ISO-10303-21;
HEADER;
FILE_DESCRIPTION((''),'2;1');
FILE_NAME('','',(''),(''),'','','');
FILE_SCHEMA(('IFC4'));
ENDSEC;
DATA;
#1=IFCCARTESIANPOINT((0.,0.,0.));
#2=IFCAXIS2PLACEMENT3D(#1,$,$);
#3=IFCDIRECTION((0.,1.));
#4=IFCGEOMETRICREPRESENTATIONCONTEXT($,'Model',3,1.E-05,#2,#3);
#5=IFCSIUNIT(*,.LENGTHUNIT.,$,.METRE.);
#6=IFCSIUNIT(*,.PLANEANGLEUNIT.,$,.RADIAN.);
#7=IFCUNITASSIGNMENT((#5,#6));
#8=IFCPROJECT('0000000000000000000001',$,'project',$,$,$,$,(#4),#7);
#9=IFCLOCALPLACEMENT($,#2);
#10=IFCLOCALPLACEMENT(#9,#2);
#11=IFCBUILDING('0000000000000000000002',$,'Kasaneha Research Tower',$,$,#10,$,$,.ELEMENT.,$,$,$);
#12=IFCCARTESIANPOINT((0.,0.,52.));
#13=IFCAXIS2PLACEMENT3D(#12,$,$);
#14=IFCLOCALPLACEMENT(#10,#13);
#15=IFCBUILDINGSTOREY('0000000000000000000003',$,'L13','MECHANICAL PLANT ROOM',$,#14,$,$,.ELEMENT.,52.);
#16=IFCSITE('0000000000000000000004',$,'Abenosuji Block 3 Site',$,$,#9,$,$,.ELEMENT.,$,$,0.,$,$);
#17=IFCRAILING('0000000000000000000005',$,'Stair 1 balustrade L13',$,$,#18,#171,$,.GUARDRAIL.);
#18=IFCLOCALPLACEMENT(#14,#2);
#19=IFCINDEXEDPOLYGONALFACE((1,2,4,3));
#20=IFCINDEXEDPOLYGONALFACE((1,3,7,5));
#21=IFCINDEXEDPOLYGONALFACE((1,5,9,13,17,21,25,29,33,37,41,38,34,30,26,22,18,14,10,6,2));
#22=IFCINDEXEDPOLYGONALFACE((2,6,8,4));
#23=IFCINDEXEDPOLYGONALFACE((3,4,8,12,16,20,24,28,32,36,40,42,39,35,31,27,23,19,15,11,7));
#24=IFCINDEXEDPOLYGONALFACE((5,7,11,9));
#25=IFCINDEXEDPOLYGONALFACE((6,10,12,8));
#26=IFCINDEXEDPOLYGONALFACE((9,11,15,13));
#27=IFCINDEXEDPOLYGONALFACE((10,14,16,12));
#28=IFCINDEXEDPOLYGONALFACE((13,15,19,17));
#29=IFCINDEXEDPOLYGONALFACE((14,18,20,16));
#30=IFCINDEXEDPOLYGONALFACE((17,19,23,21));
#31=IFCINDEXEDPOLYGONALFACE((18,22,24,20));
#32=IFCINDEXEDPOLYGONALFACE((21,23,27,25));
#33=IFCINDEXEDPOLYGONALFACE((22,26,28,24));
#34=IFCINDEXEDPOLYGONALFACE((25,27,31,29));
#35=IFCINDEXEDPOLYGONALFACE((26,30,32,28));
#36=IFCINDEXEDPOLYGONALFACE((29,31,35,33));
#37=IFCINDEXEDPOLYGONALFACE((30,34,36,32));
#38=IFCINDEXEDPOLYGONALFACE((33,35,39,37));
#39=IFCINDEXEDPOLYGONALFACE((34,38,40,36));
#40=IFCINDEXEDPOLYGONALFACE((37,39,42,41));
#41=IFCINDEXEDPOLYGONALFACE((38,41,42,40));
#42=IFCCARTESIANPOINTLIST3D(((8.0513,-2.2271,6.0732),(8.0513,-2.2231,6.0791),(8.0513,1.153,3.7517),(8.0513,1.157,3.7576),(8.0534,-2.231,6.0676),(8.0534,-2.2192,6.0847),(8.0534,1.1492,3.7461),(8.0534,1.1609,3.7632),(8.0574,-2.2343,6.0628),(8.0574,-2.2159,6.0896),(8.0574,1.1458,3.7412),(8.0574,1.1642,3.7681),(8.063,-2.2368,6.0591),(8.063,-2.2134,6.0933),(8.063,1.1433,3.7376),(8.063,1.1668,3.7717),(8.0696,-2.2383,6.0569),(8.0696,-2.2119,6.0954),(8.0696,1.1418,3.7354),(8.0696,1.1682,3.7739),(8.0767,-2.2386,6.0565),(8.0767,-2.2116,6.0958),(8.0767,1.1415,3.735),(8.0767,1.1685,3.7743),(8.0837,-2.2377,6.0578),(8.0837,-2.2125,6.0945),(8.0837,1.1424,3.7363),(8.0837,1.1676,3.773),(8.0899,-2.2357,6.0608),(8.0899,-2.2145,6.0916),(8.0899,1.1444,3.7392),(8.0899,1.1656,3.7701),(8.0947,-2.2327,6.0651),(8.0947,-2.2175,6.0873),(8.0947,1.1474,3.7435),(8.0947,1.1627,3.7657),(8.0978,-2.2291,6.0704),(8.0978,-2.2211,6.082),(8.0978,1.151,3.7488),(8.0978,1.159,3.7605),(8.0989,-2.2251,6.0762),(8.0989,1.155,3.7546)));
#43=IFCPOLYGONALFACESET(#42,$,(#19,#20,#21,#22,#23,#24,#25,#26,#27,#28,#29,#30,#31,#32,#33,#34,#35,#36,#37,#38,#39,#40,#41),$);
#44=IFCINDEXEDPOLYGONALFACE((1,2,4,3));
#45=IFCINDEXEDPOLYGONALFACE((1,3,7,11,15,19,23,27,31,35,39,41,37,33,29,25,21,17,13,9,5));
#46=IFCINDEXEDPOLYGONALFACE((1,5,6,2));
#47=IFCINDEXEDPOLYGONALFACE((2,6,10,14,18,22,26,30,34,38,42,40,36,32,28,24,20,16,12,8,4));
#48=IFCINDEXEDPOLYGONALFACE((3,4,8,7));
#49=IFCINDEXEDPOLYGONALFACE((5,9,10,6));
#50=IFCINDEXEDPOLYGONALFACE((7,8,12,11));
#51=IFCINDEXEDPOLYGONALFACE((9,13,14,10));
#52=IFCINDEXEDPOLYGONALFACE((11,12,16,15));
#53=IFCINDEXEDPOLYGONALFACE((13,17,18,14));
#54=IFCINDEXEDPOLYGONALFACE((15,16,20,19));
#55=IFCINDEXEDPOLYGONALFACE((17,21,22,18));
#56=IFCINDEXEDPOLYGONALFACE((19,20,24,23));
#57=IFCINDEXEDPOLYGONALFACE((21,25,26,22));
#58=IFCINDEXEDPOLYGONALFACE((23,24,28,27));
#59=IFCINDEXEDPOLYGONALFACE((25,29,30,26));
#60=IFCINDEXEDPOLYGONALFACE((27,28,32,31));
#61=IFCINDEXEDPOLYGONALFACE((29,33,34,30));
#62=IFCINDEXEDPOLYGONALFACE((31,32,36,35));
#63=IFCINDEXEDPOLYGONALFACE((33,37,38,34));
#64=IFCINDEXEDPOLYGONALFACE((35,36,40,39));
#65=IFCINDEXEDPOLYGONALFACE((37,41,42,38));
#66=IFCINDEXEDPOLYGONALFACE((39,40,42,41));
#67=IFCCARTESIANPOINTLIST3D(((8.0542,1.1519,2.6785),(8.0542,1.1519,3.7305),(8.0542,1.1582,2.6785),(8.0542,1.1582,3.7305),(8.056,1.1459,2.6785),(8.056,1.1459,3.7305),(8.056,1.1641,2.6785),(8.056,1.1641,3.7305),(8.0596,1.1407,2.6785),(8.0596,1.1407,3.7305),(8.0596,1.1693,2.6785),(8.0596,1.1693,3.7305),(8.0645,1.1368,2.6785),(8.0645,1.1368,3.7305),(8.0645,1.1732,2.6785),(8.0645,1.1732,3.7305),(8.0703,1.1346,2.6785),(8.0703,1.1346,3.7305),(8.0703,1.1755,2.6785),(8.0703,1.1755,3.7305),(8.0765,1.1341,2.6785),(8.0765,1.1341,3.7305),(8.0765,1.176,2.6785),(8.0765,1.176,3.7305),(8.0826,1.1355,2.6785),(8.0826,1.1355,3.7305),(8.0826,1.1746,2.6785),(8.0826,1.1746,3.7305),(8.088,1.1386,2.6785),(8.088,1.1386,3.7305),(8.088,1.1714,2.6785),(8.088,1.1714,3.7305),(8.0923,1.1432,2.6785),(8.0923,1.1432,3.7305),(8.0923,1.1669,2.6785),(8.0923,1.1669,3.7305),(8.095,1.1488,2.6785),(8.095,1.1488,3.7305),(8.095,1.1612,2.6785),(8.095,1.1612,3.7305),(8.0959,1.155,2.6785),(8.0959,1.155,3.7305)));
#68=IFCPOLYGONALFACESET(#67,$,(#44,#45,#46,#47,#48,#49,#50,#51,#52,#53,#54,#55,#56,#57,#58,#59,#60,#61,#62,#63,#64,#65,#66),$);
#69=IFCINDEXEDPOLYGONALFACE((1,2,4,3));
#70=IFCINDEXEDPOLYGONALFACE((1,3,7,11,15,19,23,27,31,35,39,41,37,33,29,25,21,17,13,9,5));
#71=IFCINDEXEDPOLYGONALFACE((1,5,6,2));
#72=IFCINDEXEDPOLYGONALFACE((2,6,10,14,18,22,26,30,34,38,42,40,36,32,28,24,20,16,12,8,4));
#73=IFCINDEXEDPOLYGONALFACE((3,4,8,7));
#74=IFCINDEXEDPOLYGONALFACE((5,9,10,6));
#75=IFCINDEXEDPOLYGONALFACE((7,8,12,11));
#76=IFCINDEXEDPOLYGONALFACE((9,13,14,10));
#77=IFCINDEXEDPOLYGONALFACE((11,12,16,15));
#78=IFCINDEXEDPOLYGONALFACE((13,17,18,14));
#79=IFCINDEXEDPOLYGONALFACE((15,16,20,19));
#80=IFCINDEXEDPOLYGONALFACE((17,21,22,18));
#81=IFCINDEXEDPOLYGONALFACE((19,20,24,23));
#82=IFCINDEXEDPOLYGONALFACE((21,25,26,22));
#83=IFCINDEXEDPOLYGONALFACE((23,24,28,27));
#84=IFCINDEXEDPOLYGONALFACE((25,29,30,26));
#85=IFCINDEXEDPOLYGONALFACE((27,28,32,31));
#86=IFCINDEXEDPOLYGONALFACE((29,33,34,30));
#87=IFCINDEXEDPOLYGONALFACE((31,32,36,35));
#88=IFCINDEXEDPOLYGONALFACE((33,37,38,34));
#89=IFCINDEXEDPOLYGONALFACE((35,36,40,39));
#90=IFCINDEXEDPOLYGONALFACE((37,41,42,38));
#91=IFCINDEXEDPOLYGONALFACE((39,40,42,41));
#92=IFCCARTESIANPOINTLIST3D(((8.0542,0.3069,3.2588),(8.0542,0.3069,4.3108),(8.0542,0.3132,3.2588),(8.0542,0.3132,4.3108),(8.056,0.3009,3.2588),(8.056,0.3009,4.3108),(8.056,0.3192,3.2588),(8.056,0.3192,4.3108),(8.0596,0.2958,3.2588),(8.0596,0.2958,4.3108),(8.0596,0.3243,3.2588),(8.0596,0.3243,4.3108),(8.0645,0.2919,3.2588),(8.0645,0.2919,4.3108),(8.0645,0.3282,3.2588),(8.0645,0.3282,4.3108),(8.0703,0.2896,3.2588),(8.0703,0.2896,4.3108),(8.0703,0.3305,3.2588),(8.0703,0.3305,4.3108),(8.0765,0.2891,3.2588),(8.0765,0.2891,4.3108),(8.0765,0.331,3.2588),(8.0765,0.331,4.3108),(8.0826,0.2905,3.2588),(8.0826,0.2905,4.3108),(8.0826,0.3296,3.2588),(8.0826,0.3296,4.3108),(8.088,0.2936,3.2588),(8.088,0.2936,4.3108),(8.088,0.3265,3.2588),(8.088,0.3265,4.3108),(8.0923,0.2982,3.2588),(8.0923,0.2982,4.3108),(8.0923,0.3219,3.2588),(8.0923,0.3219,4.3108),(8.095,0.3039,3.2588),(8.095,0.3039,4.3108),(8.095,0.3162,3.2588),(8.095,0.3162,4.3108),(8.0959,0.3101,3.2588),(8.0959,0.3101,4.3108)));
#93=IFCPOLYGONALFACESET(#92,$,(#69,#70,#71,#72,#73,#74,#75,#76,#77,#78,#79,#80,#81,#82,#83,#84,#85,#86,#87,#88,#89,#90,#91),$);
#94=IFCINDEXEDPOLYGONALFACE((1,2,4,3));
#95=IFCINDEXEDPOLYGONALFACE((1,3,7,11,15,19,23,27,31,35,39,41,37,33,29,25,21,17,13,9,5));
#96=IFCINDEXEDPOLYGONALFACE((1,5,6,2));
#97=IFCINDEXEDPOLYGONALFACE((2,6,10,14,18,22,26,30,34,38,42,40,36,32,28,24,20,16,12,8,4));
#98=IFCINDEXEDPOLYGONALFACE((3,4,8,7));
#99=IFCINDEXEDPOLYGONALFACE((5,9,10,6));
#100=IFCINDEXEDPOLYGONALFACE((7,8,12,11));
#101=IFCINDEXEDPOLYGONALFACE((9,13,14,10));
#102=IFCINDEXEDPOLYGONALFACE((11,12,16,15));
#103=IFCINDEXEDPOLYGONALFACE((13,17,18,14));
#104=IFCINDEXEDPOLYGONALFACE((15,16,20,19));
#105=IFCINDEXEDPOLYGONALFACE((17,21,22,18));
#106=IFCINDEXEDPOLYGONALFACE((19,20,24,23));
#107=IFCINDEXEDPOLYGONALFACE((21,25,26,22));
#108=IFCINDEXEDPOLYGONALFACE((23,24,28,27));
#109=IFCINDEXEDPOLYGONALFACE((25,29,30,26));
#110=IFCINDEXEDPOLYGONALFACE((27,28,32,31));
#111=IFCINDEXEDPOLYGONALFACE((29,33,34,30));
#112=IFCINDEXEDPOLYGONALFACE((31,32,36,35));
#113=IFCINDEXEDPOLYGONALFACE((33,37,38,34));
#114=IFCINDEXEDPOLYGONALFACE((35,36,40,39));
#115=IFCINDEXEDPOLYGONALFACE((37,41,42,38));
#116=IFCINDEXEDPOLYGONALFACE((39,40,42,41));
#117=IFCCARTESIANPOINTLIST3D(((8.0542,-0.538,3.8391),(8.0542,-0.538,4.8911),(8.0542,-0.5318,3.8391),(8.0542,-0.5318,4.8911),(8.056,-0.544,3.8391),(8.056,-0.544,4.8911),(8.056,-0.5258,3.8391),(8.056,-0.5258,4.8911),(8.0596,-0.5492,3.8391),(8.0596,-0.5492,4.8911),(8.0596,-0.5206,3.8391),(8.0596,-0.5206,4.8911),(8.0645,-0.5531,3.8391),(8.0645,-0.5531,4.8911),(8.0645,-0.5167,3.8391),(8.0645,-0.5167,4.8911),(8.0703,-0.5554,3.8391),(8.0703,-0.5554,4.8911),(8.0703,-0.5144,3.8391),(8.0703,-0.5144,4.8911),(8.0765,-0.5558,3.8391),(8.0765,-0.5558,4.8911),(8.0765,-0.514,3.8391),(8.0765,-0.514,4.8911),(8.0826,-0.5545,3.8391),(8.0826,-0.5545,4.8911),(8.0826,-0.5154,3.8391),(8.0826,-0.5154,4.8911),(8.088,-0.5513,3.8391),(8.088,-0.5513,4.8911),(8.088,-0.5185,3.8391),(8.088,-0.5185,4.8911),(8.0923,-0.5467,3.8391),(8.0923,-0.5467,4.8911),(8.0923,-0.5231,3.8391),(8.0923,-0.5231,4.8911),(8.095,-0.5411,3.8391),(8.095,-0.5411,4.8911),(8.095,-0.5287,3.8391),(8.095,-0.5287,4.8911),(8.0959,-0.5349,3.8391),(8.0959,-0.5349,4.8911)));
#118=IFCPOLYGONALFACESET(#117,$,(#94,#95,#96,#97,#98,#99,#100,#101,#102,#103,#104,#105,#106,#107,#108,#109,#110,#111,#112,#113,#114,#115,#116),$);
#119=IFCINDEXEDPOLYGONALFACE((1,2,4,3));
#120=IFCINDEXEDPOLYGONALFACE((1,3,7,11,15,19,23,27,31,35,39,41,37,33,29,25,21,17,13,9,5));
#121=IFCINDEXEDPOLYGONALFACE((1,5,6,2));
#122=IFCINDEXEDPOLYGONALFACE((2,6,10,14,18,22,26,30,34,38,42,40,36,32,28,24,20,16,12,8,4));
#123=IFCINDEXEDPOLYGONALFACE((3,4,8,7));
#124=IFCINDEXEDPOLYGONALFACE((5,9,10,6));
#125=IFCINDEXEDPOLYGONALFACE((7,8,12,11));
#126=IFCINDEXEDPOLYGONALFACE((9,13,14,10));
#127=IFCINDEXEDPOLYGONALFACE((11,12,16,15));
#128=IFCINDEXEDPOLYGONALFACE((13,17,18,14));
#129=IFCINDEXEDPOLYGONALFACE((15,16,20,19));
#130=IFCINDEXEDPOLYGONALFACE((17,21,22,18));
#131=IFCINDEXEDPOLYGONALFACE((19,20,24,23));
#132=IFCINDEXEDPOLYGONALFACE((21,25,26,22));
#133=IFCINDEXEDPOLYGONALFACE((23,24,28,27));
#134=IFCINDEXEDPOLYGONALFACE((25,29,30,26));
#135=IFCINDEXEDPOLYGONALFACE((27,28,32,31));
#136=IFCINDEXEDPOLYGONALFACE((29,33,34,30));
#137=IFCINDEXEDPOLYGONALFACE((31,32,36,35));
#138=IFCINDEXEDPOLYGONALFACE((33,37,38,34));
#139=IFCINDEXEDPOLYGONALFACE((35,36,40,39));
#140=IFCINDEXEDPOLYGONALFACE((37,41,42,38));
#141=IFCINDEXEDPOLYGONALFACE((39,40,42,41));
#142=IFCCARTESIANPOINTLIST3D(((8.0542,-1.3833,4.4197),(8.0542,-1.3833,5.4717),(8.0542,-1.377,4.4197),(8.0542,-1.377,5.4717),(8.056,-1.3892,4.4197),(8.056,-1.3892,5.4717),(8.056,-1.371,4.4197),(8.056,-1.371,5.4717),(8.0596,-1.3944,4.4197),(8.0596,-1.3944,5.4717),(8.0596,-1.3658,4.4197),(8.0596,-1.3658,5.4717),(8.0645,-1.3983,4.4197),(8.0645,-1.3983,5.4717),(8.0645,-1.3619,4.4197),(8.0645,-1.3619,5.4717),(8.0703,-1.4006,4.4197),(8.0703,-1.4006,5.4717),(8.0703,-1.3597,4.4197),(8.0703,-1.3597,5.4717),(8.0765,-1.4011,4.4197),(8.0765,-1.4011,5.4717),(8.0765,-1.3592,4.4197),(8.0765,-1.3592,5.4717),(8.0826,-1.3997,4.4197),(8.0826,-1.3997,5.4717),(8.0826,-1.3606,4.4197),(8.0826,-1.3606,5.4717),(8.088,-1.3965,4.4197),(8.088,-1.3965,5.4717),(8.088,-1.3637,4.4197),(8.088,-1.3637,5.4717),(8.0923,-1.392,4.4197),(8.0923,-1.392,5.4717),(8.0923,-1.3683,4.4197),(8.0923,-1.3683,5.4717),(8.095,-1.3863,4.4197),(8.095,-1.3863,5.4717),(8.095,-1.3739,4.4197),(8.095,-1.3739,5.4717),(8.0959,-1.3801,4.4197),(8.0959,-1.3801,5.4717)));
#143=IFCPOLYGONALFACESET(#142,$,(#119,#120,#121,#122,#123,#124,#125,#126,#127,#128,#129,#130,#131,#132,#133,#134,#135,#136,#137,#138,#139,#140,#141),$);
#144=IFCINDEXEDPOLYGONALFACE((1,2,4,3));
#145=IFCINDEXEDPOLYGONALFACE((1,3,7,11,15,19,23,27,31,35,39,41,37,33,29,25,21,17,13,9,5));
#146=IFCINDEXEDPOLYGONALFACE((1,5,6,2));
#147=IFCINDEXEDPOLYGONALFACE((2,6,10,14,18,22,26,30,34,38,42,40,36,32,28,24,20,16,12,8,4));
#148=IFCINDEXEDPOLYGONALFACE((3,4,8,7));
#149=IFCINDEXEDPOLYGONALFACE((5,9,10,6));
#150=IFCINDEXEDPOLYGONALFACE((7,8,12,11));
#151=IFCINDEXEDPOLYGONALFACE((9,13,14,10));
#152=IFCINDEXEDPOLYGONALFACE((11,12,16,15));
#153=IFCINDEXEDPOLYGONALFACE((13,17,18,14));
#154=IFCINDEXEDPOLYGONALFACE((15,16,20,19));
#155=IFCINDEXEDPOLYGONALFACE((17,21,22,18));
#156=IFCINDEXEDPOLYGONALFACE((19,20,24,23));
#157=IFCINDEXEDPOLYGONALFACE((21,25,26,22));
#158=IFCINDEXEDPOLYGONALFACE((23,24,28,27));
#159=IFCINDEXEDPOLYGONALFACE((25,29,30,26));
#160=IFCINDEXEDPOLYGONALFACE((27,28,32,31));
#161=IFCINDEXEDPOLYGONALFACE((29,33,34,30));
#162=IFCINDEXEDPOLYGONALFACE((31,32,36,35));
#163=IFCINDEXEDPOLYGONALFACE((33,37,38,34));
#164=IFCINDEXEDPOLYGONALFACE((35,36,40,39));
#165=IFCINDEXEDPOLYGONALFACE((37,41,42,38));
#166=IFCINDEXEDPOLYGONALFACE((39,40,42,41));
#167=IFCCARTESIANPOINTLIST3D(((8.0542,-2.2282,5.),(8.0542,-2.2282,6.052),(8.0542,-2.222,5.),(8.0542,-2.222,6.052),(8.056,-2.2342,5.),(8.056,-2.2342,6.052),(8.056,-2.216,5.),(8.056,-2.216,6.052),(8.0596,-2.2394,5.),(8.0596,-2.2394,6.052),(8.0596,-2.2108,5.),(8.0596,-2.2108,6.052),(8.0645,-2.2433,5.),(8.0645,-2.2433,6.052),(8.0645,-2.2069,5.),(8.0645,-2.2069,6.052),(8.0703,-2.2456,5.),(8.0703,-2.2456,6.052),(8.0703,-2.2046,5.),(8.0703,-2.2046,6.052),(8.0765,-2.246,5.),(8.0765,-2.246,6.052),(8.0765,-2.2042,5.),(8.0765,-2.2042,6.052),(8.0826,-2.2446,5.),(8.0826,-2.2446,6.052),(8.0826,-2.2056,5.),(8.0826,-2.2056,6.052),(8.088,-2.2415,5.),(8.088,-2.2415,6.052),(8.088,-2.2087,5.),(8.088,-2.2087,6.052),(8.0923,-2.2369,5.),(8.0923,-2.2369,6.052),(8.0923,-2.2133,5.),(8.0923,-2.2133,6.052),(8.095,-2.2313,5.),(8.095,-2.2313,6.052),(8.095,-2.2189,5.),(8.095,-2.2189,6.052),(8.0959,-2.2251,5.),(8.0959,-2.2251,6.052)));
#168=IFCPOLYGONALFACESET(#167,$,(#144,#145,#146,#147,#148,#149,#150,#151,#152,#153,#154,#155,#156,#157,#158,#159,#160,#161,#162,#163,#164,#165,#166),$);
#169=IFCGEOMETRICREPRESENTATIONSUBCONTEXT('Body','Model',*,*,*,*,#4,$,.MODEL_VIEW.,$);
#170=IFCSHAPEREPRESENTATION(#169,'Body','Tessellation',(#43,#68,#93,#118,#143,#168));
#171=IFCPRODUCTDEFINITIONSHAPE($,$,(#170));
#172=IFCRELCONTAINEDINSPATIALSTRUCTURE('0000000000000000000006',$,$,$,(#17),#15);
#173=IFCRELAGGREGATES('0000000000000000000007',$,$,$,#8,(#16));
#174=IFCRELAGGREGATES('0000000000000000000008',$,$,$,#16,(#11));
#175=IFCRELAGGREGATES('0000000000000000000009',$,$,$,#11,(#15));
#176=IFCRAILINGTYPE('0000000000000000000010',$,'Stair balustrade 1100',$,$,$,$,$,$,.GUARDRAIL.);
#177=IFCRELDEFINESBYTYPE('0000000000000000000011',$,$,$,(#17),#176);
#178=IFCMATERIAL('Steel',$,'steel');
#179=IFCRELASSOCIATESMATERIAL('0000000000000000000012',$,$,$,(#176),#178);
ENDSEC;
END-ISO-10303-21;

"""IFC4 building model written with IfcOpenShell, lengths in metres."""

from ifc_helpers import new_model, si_unit, direction, frame, origin, origin_2d, place, context, subcontext, project, spatial, circle, extrude, material, type_object, element, save


model = new_model("IFC4")

# Units and contexts
model_context = context("Model", 3, precision=1e-05, world=origin(), true_north=direction((0.0, 1.0)))
body_context = subcontext(model_context, "Body", "Model", "MODEL_VIEW")
ifc_project = project(units=[si_unit("LENGTHUNIT", "METRE"), si_unit("PLANEANGLEUNIT", "RADIAN")], contexts=[model_context])

# Site, building, storey
site_placement = place(None, origin())
site = spatial("IfcSite", under=ifc_project, at=site_placement, Name="Abenosuji Block 3 Site", CompositionType="ELEMENT", RefElevation=0.0)
building_placement = place(site_placement, origin())
building = spatial("IfcBuilding", under=site, at=building_placement, Name="Kasaneha Research Tower", CompositionType="ELEMENT")
storey_placement = place(building_placement, frame((0.0, 0.0, 52.0)))
storey = spatial("IfcBuildingStorey", under=building, at=storey_placement, Name="L13", Description="MECHANICAL PLANT ROOM", CompositionType="ELEMENT", Elevation=52.0)

# Railing
ifc_material_1 = material(Name="Steel", Category="steel")
railing_type_1 = type_object("IfcRailingType", Name="Stair balustrade 1100", PredefinedType="GUARDRAIL", material=ifc_material_1)
railing_1_placement = place(storey_placement, frame((8.075, 1.155, 2.6785)))
element("IfcRailing", 1, at=railing_1_placement, inside=storey, type_object=railing_type_1, Name="Stair 1 balustrade L13", PredefinedType="GUARDRAIL", context=body_context, shape_type="SweptSolid", body=[
    extrude(circle(Radius=0.0239, at=origin_2d()), frame((0.0, 0.0, 1.0762), z_axis=(0.0, -0.824304, 0.566147), x_axis=(1.0, 0.0, 0.0)), (0.0, 0.0, 1.0), 4.1006),
    extrude(circle(Radius=0.021, at=origin_2d()), origin(), (0.0, 0.0, 1.0), 1.052),
    extrude(circle(Radius=0.021, at=origin_2d()), frame((0.0, -0.845, 0.5803)), (0.0, 0.0, 1.0), 1.052),
    extrude(circle(Radius=0.021, at=origin_2d()), frame((0.0, -1.6899, 1.1606)), (0.0, 0.0, 1.0), 1.052),
    extrude(circle(Radius=0.021, at=origin_2d()), frame((0.0, -2.5352, 1.7412)), (0.0, 0.0, 1.0), 1.052),
    extrude(circle(Radius=0.021, at=origin_2d()), frame((0.0, -3.3801, 2.3215)), (0.0, 0.0, 1.0), 1.052),
])

save(model, "model.ifc")
